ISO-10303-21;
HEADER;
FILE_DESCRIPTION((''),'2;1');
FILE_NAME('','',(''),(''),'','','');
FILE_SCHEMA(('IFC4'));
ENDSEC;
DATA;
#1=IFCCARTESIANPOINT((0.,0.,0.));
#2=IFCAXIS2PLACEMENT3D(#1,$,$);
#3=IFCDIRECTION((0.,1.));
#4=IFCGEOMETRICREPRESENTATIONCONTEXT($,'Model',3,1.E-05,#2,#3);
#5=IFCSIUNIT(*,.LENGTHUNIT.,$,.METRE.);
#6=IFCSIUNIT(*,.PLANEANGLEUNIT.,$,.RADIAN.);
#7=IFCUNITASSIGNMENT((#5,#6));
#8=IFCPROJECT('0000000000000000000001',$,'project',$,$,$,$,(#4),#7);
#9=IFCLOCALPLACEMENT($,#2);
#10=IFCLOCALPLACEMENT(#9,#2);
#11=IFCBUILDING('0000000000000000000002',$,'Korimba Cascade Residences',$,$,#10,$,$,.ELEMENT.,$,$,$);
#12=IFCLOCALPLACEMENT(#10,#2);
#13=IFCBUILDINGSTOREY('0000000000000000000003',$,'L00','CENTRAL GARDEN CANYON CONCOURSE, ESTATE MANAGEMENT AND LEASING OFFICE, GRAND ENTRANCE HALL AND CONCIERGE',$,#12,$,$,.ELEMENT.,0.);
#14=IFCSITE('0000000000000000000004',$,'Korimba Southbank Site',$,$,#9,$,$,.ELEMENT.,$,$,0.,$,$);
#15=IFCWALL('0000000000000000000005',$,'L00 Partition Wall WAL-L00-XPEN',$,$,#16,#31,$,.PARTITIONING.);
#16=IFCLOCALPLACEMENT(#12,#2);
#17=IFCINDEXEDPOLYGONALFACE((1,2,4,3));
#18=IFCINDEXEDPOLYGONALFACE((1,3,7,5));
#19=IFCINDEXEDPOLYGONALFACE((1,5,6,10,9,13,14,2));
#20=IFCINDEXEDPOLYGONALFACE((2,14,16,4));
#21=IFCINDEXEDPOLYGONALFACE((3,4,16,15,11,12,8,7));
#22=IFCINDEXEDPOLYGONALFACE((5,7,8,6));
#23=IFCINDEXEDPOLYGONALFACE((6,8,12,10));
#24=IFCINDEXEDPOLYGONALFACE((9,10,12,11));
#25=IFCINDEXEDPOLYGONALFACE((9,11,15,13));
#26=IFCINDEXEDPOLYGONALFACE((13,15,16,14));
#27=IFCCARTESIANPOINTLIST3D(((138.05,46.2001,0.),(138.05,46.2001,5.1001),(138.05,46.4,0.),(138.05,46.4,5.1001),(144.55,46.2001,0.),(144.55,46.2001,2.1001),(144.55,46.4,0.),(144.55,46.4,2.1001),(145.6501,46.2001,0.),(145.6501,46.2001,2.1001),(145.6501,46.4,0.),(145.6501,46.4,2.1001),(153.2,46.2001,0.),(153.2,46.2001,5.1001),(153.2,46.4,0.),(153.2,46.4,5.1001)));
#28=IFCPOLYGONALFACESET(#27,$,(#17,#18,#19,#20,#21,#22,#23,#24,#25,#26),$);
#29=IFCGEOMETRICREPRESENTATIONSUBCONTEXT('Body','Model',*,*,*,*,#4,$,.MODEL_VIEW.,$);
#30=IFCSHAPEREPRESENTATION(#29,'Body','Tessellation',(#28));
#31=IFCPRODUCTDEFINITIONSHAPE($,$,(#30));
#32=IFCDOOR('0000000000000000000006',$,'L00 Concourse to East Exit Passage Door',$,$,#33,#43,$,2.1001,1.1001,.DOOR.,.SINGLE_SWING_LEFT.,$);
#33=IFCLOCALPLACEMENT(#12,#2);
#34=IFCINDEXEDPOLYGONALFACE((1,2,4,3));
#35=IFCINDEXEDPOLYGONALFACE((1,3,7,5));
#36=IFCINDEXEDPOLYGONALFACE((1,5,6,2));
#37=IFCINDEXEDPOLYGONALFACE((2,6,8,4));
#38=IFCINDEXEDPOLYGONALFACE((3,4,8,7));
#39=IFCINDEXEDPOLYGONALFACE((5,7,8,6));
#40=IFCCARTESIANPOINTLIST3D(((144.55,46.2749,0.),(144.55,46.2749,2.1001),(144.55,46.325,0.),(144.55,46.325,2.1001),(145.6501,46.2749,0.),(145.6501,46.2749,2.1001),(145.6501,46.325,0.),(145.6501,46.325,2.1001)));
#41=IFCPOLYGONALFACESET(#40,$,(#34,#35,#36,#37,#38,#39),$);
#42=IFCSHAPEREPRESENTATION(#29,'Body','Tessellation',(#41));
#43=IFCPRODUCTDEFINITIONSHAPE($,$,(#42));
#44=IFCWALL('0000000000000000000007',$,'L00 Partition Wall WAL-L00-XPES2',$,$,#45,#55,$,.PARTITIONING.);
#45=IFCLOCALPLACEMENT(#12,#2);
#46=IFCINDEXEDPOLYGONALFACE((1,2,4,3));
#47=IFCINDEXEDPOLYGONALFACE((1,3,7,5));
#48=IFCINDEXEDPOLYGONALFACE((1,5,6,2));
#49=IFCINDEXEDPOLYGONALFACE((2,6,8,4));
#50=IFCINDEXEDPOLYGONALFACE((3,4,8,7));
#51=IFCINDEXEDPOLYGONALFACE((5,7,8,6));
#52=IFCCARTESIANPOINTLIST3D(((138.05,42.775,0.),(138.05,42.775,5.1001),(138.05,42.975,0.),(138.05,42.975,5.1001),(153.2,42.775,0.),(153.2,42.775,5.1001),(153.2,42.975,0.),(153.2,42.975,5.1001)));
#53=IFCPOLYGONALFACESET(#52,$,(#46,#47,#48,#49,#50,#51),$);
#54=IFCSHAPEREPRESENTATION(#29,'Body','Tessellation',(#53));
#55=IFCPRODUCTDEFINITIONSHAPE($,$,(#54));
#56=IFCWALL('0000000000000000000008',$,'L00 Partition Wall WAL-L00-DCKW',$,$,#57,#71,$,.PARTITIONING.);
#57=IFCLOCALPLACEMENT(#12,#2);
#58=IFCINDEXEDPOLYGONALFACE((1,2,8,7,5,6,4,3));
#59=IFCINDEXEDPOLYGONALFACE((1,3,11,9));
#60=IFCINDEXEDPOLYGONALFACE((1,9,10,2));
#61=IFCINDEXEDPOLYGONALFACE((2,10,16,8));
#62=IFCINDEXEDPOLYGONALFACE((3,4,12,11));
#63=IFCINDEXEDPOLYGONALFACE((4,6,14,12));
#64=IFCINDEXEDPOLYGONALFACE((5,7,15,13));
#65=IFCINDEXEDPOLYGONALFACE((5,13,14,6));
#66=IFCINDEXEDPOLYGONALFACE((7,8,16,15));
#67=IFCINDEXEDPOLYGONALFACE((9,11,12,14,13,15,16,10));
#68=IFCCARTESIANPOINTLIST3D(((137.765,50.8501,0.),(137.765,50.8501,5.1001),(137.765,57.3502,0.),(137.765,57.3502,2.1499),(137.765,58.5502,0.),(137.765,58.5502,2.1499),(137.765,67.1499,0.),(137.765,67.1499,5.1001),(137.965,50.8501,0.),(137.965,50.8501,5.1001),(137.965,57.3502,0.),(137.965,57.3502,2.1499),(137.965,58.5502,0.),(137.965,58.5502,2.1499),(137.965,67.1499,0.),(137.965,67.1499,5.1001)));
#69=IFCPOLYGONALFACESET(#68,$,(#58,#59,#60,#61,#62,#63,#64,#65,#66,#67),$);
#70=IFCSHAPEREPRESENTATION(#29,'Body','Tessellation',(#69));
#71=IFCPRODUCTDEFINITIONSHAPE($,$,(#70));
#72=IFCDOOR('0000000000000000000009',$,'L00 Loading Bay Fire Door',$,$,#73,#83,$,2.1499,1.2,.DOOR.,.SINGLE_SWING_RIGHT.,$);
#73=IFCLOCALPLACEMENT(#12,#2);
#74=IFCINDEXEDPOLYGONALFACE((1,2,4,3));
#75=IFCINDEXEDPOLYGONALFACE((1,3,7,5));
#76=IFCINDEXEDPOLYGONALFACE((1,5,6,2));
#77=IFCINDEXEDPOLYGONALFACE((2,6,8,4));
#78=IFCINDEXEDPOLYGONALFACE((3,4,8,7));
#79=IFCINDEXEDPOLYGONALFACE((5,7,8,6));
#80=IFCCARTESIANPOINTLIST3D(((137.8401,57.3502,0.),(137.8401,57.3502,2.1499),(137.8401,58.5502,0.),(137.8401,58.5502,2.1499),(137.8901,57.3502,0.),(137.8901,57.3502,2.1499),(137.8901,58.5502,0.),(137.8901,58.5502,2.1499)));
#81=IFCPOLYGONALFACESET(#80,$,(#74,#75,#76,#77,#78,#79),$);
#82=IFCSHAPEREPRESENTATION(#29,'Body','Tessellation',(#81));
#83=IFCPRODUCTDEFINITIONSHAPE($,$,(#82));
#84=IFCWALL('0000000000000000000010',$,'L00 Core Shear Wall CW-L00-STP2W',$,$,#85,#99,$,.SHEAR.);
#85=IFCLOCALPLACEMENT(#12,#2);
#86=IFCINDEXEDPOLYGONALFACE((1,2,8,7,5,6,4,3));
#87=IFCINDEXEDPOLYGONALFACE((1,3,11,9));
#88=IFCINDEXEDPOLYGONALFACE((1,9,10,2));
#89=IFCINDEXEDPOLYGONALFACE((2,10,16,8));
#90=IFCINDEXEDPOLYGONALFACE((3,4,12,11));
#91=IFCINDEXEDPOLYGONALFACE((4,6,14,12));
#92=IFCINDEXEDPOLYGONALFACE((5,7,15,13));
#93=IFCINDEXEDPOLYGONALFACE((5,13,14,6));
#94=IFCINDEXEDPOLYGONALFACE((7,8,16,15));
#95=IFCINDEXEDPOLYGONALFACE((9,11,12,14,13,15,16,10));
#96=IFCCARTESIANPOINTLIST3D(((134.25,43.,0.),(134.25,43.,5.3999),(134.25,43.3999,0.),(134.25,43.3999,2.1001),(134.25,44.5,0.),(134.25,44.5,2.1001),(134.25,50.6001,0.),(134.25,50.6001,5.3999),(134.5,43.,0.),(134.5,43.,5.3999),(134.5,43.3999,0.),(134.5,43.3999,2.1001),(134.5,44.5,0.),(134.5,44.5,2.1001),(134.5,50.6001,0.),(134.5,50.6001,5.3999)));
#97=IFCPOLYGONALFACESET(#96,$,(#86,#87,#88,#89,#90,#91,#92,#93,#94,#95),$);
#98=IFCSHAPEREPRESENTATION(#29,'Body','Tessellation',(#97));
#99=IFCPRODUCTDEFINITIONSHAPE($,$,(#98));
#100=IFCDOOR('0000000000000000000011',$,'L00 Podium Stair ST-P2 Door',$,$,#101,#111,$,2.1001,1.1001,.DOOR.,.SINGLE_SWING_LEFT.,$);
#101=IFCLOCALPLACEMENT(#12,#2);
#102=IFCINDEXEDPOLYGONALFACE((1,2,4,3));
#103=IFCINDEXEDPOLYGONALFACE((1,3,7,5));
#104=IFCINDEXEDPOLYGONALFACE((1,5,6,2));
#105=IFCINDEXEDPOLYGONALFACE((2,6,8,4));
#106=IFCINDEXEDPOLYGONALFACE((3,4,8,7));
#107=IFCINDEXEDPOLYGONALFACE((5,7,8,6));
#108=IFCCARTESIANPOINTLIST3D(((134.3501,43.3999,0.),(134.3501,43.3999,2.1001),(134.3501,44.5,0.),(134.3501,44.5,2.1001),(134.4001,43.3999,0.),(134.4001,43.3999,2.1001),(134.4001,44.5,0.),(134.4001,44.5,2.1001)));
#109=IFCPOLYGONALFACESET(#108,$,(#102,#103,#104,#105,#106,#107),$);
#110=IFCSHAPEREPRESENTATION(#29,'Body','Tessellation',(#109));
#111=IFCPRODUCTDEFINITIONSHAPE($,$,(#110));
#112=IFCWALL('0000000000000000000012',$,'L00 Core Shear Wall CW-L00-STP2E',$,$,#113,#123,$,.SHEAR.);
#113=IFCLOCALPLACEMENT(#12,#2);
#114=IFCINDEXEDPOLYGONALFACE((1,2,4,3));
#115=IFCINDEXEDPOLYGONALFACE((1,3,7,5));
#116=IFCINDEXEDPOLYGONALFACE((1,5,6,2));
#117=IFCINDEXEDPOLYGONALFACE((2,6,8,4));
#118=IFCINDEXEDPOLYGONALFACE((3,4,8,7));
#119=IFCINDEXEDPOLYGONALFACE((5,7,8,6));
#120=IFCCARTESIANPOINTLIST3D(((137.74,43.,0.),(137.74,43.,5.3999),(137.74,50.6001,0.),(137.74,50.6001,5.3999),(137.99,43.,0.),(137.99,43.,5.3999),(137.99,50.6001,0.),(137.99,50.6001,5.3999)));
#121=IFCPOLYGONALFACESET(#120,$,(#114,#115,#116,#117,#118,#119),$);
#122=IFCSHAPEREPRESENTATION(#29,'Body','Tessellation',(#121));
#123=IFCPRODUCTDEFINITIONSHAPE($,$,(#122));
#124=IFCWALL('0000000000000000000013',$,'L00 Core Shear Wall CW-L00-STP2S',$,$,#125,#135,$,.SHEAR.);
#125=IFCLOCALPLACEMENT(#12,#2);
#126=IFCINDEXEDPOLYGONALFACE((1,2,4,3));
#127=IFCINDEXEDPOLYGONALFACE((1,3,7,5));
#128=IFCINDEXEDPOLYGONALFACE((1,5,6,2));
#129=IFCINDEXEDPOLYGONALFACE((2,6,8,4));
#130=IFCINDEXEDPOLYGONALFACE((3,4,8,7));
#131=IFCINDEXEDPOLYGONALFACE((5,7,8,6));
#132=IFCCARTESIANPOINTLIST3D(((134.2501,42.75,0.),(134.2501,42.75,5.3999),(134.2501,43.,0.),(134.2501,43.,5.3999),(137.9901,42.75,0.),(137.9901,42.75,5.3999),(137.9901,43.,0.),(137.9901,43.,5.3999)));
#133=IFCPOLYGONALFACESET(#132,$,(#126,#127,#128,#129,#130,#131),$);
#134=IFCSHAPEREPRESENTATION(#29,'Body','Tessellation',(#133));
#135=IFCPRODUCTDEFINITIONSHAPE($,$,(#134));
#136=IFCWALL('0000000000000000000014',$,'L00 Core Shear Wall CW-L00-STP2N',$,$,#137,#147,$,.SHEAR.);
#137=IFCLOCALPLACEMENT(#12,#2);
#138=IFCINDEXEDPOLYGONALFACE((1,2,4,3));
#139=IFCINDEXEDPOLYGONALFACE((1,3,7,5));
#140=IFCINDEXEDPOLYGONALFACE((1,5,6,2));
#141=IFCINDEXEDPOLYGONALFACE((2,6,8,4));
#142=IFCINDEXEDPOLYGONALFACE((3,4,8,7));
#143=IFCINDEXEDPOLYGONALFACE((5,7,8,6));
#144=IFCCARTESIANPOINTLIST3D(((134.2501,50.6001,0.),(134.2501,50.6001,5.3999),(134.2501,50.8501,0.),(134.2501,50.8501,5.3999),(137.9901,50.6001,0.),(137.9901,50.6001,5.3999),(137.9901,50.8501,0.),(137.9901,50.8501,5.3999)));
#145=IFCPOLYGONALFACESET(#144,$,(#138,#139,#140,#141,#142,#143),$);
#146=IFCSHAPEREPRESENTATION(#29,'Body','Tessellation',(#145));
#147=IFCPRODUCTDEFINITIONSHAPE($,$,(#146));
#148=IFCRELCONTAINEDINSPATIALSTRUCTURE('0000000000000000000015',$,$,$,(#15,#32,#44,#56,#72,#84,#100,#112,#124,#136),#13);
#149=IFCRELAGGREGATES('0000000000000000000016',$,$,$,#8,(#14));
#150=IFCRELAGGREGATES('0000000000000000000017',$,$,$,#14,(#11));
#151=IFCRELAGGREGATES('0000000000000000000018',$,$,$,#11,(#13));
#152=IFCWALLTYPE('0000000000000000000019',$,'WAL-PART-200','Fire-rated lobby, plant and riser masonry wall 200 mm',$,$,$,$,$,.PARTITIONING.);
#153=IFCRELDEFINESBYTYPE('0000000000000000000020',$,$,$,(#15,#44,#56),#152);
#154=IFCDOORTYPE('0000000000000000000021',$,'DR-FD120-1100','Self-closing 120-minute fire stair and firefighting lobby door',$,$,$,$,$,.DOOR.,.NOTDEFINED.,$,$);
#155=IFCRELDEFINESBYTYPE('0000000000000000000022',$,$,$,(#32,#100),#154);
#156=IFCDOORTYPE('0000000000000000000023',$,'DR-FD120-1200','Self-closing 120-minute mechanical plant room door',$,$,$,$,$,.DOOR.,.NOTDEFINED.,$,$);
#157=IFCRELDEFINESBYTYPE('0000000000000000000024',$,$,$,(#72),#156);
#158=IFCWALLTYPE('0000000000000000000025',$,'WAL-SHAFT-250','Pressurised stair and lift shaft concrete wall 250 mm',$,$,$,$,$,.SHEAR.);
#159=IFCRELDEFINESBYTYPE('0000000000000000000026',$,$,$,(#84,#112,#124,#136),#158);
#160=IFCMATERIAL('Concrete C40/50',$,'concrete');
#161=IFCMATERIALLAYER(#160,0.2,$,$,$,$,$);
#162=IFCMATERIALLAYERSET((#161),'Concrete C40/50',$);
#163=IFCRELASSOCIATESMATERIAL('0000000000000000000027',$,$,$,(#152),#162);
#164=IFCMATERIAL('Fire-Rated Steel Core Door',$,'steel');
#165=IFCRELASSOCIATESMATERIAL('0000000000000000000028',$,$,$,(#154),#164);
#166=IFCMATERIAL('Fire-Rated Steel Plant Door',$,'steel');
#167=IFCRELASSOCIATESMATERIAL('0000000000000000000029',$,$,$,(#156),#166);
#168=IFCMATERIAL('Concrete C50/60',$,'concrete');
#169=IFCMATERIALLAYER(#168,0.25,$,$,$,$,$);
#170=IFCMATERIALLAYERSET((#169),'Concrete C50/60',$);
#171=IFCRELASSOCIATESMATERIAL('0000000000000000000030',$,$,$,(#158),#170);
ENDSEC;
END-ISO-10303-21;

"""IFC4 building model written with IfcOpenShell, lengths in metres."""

from ifc_helpers import new_model, si_unit, direction, frame, frame_2d, origin, place, context, subcontext, project, spatial, rectangle, extrude, material, layer, layer_set, type_object, element, fill, save


model = new_model("IFC4")

# Units and contexts
model_context = context("Model", 3, precision=1e-05, world=origin(), true_north=direction((0.0, 1.0)))
body_context = subcontext(model_context, "Body", "Model", "MODEL_VIEW")
ifc_project = project(units=[si_unit("LENGTHUNIT", "METRE"), si_unit("PLANEANGLEUNIT", "RADIAN")], contexts=[model_context])

# Site, building, storey
site_placement = place(None, origin())
site = spatial("IfcSite", under=ifc_project, at=site_placement, Name="Korimba Southbank Site", CompositionType="ELEMENT", RefElevation=0.0)
building_placement = place(site_placement, origin())
building = spatial("IfcBuilding", under=site, at=building_placement, Name="Korimba Cascade Residences", CompositionType="ELEMENT")
storey_placement = place(building_placement, origin())
storey = spatial("IfcBuildingStorey", under=building, at=storey_placement, Name="L00", Description="CENTRAL GARDEN CANYON CONCOURSE, ESTATE MANAGEMENT AND LEASING OFFICE, GRAND ENTRANCE HALL AND CONCIERGE", CompositionType="ELEMENT", Elevation=0.0)

# Wall, opening, door
ifc_material_1 = material(Name="Concrete C40/50", Category="concrete")
ifc_layer_1 = layer(ifc_material_1, 0.2)
ifc_layer_set_1 = layer_set([ifc_layer_1], Name="Concrete C40/50")
wall_type_1 = type_object("IfcWallType", Name="WAL-PART-200", Description="Fire-rated lobby, plant and riser masonry wall 200 mm", PredefinedType="PARTITIONING", material=ifc_layer_set_1)
wall_1_placement = place(storey_placement, frame((138.05, 46.3, 0.0), z_axis=(0.0, 0.0, 1.0), x_axis=(1.0, 0.0, 0.0)))
wall_1 = element("IfcWall", 1, at=wall_1_placement, inside=storey, type_object=wall_type_1, Name="L00 Partition Wall WAL-L00-XPEN", PredefinedType="PARTITIONING", context=body_context, shape_type="SweptSolid", body=[
    extrude(rectangle(XDim=15.1499, YDim=0.2, at=frame_2d((7.575, 0.0))), origin(), (0.0, 0.0, 1.0), 5.1001),
])
opening_1_placement = place(wall_1_placement, frame((6.5, 0.0, 0.0)))
opening_1 = element("IfcOpeningElement", 2, at=opening_1_placement, cuts=wall_1, PredefinedType="OPENING", context=body_context, shape_type="SweptSolid", body=[
    extrude(rectangle(XDim=1.1001, YDim=2.1001, at=frame_2d((0.55, 1.05))), frame((0.0, 0.1099, 0.0), z_axis=(0.0, -1.0, 0.0), x_axis=(1.0, 0.0, 0.0)), (0.0, 0.0, 1.0), 0.22),
])
ifc_material_2 = material(Name="Fire-Rated Steel Core Door", Category="steel")
door_type_1 = type_object("IfcDoorType", Name="DR-FD120-1100", Description="Self-closing 120-minute fire stair and firefighting lobby door", OperationType="NOTDEFINED", PredefinedType="DOOR", material=ifc_material_2)
door_1_placement = place(opening_1_placement, origin())
door_1 = element("IfcDoor", 3, at=door_1_placement, inside=storey, type_object=door_type_1, Name="L00 Concourse to East Exit Passage Door", OperationType="SINGLE_SWING_LEFT", OverallHeight=2.1001, OverallWidth=1.1001, PredefinedType="DOOR", context=body_context, shape_type="SweptSolid", body=[
    extrude(rectangle(XDim=1.1001, YDim=2.1001, at=frame_2d((0.55, 1.05))), frame((0.0, 0.0249, 0.0), z_axis=(0.0, -1.0, 0.0), x_axis=(1.0, 0.0, 0.0)), (0.0, 0.0, 1.0), 0.05),
])
fill(opening_1, door_1)

# Wall
wall_2_placement = place(storey_placement, frame((138.05, 42.875, 0.0), z_axis=(0.0, 0.0, 1.0), x_axis=(1.0, 0.0, 0.0)))
element("IfcWall", 4, at=wall_2_placement, inside=storey, type_object=wall_type_1, Name="L00 Partition Wall WAL-L00-XPES2", PredefinedType="PARTITIONING", context=body_context, shape_type="SweptSolid", body=[
    extrude(rectangle(XDim=15.1499, YDim=0.2, at=frame_2d((7.575, 0.0))), origin(), (0.0, 0.0, 1.0), 5.1001),
])

# Walls, openings, doors
wall_3_placement = place(storey_placement, frame((137.865, 50.8501, 0.0), z_axis=(0.0, 0.0, 1.0), x_axis=(0.0, 1.0, 0.0)))
wall_3 = element("IfcWall", 5, at=wall_3_placement, inside=storey, type_object=wall_type_1, Name="L00 Partition Wall WAL-L00-DCKW", PredefinedType="PARTITIONING", context=body_context, shape_type="SweptSolid", body=[
    extrude(rectangle(XDim=16.2998, YDim=0.2, at=frame_2d((8.1499, 0.0))), origin(), (0.0, 0.0, 1.0), 5.1001),
])
opening_2_placement = place(wall_3_placement, frame((6.5, 0.0, 0.0)))
opening_2 = element("IfcOpeningElement", 6, at=opening_2_placement, cuts=wall_3, PredefinedType="OPENING", context=body_context, shape_type="SweptSolid", body=[
    extrude(rectangle(XDim=1.2, YDim=2.1499, at=frame_2d((0.6001, 1.075))), frame((0.0, 0.1099, 0.0), z_axis=(0.0, -1.0, 0.0), x_axis=(1.0, 0.0, 0.0)), (0.0, 0.0, 1.0), 0.22),
])
ifc_material_3 = material(Name="Fire-Rated Steel Plant Door", Category="steel")
door_type_2 = type_object("IfcDoorType", Name="DR-FD120-1200", Description="Self-closing 120-minute mechanical plant room door", OperationType="NOTDEFINED", PredefinedType="DOOR", material=ifc_material_3)
door_2_placement = place(opening_2_placement, origin())
door_2 = element("IfcDoor", 7, at=door_2_placement, inside=storey, type_object=door_type_2, Name="L00 Loading Bay Fire Door", OperationType="SINGLE_SWING_RIGHT", OverallHeight=2.1499, OverallWidth=1.2, PredefinedType="DOOR", context=body_context, shape_type="SweptSolid", body=[
    extrude(rectangle(XDim=1.2, YDim=2.1499, at=frame_2d((0.6001, 1.075))), frame((0.0, 0.0249, 0.0), z_axis=(0.0, -1.0, 0.0), x_axis=(1.0, 0.0, 0.0)), (0.0, 0.0, 1.0), 0.05),
])
fill(opening_2, door_2)
ifc_material_4 = material(Name="Concrete C50/60", Category="concrete")
ifc_layer_2 = layer(ifc_material_4, 0.25)
ifc_layer_set_2 = layer_set([ifc_layer_2], Name="Concrete C50/60")
wall_type_2 = type_object("IfcWallType", Name="WAL-SHAFT-250", Description="Pressurised stair and lift shaft concrete wall 250 mm", PredefinedType="SHEAR", material=ifc_layer_set_2)
wall_4_placement = place(storey_placement, frame((134.375, 43.0, 0.0), z_axis=(0.0, 0.0, 1.0), x_axis=(0.0, 1.0, 0.0)))
wall_4 = element("IfcWall", 8, at=wall_4_placement, inside=storey, type_object=wall_type_2, Name="L00 Core Shear Wall CW-L00-STP2W", PredefinedType="SHEAR", context=body_context, shape_type="SweptSolid", body=[
    extrude(rectangle(XDim=7.6001, YDim=0.25, at=frame_2d((3.8, 0.0))), origin(), (0.0, 0.0, 1.0), 5.3999),
])
opening_3_placement = place(wall_4_placement, frame((0.3999, 0.0, 0.0)))
opening_3 = element("IfcOpeningElement", 9, at=opening_3_placement, cuts=wall_4, PredefinedType="OPENING", context=body_context, shape_type="SweptSolid", body=[
    extrude(rectangle(XDim=1.1001, YDim=2.1001, at=frame_2d((0.55, 1.05))), frame((0.0, 0.135, 0.0), z_axis=(0.0, -1.0, 0.0), x_axis=(1.0, 0.0, 0.0)), (0.0, 0.0, 1.0), 0.27),
])
door_3_placement = place(opening_3_placement, origin())
door_3 = element("IfcDoor", 10, at=door_3_placement, inside=storey, type_object=door_type_1, Name="L00 Podium Stair ST-P2 Door", OperationType="SINGLE_SWING_LEFT", OverallHeight=2.1001, OverallWidth=1.1001, PredefinedType="DOOR", context=body_context, shape_type="SweptSolid", body=[
    extrude(rectangle(XDim=1.1001, YDim=2.1001, at=frame_2d((0.55, 1.05))), frame((0.0, 0.0249, 0.0), z_axis=(0.0, -1.0, 0.0), x_axis=(1.0, 0.0, 0.0)), (0.0, 0.0, 1.0), 0.05),
])
fill(opening_3, door_3)

# Walls
wall_5_placement = place(storey_placement, frame((137.865, 43.0, 0.0), z_axis=(0.0, 0.0, 1.0), x_axis=(0.0, 1.0, 0.0)))
element("IfcWall", 11, at=wall_5_placement, inside=storey, type_object=wall_type_2, Name="L00 Core Shear Wall CW-L00-STP2E", PredefinedType="SHEAR", context=body_context, shape_type="SweptSolid", body=[
    extrude(rectangle(XDim=7.6001, YDim=0.25, at=frame_2d((3.8, 0.0))), origin(), (0.0, 0.0, 1.0), 5.3999),
])
for number, where, z_axis, x_axis, name in (
    (12, (134.25, 42.875, 0.0), (0.0, 0.0, 1.0), (1.0, 0.0, 0.0), "L00 Core Shear Wall CW-L00-STP2S"),
    (13, (134.25, 50.7251, 0.0), (0.0, 0.0, 1.0), (1.0, 0.0, 0.0), "L00 Core Shear Wall CW-L00-STP2N"),
):
    element("IfcWall", number, at=place(storey_placement, frame(where, z_axis=z_axis, x_axis=x_axis)), inside=storey, type_object=wall_type_2, Name=name, PredefinedType="SHEAR", context=body_context, shape_type="SweptSolid", body=[
        extrude(rectangle(XDim=3.74, YDim=0.25, at=frame_2d((1.8701, 0.0))), origin(), (0.0, 0.0, 1.0), 5.3999),
    ])

save(model, "model.ifc")
